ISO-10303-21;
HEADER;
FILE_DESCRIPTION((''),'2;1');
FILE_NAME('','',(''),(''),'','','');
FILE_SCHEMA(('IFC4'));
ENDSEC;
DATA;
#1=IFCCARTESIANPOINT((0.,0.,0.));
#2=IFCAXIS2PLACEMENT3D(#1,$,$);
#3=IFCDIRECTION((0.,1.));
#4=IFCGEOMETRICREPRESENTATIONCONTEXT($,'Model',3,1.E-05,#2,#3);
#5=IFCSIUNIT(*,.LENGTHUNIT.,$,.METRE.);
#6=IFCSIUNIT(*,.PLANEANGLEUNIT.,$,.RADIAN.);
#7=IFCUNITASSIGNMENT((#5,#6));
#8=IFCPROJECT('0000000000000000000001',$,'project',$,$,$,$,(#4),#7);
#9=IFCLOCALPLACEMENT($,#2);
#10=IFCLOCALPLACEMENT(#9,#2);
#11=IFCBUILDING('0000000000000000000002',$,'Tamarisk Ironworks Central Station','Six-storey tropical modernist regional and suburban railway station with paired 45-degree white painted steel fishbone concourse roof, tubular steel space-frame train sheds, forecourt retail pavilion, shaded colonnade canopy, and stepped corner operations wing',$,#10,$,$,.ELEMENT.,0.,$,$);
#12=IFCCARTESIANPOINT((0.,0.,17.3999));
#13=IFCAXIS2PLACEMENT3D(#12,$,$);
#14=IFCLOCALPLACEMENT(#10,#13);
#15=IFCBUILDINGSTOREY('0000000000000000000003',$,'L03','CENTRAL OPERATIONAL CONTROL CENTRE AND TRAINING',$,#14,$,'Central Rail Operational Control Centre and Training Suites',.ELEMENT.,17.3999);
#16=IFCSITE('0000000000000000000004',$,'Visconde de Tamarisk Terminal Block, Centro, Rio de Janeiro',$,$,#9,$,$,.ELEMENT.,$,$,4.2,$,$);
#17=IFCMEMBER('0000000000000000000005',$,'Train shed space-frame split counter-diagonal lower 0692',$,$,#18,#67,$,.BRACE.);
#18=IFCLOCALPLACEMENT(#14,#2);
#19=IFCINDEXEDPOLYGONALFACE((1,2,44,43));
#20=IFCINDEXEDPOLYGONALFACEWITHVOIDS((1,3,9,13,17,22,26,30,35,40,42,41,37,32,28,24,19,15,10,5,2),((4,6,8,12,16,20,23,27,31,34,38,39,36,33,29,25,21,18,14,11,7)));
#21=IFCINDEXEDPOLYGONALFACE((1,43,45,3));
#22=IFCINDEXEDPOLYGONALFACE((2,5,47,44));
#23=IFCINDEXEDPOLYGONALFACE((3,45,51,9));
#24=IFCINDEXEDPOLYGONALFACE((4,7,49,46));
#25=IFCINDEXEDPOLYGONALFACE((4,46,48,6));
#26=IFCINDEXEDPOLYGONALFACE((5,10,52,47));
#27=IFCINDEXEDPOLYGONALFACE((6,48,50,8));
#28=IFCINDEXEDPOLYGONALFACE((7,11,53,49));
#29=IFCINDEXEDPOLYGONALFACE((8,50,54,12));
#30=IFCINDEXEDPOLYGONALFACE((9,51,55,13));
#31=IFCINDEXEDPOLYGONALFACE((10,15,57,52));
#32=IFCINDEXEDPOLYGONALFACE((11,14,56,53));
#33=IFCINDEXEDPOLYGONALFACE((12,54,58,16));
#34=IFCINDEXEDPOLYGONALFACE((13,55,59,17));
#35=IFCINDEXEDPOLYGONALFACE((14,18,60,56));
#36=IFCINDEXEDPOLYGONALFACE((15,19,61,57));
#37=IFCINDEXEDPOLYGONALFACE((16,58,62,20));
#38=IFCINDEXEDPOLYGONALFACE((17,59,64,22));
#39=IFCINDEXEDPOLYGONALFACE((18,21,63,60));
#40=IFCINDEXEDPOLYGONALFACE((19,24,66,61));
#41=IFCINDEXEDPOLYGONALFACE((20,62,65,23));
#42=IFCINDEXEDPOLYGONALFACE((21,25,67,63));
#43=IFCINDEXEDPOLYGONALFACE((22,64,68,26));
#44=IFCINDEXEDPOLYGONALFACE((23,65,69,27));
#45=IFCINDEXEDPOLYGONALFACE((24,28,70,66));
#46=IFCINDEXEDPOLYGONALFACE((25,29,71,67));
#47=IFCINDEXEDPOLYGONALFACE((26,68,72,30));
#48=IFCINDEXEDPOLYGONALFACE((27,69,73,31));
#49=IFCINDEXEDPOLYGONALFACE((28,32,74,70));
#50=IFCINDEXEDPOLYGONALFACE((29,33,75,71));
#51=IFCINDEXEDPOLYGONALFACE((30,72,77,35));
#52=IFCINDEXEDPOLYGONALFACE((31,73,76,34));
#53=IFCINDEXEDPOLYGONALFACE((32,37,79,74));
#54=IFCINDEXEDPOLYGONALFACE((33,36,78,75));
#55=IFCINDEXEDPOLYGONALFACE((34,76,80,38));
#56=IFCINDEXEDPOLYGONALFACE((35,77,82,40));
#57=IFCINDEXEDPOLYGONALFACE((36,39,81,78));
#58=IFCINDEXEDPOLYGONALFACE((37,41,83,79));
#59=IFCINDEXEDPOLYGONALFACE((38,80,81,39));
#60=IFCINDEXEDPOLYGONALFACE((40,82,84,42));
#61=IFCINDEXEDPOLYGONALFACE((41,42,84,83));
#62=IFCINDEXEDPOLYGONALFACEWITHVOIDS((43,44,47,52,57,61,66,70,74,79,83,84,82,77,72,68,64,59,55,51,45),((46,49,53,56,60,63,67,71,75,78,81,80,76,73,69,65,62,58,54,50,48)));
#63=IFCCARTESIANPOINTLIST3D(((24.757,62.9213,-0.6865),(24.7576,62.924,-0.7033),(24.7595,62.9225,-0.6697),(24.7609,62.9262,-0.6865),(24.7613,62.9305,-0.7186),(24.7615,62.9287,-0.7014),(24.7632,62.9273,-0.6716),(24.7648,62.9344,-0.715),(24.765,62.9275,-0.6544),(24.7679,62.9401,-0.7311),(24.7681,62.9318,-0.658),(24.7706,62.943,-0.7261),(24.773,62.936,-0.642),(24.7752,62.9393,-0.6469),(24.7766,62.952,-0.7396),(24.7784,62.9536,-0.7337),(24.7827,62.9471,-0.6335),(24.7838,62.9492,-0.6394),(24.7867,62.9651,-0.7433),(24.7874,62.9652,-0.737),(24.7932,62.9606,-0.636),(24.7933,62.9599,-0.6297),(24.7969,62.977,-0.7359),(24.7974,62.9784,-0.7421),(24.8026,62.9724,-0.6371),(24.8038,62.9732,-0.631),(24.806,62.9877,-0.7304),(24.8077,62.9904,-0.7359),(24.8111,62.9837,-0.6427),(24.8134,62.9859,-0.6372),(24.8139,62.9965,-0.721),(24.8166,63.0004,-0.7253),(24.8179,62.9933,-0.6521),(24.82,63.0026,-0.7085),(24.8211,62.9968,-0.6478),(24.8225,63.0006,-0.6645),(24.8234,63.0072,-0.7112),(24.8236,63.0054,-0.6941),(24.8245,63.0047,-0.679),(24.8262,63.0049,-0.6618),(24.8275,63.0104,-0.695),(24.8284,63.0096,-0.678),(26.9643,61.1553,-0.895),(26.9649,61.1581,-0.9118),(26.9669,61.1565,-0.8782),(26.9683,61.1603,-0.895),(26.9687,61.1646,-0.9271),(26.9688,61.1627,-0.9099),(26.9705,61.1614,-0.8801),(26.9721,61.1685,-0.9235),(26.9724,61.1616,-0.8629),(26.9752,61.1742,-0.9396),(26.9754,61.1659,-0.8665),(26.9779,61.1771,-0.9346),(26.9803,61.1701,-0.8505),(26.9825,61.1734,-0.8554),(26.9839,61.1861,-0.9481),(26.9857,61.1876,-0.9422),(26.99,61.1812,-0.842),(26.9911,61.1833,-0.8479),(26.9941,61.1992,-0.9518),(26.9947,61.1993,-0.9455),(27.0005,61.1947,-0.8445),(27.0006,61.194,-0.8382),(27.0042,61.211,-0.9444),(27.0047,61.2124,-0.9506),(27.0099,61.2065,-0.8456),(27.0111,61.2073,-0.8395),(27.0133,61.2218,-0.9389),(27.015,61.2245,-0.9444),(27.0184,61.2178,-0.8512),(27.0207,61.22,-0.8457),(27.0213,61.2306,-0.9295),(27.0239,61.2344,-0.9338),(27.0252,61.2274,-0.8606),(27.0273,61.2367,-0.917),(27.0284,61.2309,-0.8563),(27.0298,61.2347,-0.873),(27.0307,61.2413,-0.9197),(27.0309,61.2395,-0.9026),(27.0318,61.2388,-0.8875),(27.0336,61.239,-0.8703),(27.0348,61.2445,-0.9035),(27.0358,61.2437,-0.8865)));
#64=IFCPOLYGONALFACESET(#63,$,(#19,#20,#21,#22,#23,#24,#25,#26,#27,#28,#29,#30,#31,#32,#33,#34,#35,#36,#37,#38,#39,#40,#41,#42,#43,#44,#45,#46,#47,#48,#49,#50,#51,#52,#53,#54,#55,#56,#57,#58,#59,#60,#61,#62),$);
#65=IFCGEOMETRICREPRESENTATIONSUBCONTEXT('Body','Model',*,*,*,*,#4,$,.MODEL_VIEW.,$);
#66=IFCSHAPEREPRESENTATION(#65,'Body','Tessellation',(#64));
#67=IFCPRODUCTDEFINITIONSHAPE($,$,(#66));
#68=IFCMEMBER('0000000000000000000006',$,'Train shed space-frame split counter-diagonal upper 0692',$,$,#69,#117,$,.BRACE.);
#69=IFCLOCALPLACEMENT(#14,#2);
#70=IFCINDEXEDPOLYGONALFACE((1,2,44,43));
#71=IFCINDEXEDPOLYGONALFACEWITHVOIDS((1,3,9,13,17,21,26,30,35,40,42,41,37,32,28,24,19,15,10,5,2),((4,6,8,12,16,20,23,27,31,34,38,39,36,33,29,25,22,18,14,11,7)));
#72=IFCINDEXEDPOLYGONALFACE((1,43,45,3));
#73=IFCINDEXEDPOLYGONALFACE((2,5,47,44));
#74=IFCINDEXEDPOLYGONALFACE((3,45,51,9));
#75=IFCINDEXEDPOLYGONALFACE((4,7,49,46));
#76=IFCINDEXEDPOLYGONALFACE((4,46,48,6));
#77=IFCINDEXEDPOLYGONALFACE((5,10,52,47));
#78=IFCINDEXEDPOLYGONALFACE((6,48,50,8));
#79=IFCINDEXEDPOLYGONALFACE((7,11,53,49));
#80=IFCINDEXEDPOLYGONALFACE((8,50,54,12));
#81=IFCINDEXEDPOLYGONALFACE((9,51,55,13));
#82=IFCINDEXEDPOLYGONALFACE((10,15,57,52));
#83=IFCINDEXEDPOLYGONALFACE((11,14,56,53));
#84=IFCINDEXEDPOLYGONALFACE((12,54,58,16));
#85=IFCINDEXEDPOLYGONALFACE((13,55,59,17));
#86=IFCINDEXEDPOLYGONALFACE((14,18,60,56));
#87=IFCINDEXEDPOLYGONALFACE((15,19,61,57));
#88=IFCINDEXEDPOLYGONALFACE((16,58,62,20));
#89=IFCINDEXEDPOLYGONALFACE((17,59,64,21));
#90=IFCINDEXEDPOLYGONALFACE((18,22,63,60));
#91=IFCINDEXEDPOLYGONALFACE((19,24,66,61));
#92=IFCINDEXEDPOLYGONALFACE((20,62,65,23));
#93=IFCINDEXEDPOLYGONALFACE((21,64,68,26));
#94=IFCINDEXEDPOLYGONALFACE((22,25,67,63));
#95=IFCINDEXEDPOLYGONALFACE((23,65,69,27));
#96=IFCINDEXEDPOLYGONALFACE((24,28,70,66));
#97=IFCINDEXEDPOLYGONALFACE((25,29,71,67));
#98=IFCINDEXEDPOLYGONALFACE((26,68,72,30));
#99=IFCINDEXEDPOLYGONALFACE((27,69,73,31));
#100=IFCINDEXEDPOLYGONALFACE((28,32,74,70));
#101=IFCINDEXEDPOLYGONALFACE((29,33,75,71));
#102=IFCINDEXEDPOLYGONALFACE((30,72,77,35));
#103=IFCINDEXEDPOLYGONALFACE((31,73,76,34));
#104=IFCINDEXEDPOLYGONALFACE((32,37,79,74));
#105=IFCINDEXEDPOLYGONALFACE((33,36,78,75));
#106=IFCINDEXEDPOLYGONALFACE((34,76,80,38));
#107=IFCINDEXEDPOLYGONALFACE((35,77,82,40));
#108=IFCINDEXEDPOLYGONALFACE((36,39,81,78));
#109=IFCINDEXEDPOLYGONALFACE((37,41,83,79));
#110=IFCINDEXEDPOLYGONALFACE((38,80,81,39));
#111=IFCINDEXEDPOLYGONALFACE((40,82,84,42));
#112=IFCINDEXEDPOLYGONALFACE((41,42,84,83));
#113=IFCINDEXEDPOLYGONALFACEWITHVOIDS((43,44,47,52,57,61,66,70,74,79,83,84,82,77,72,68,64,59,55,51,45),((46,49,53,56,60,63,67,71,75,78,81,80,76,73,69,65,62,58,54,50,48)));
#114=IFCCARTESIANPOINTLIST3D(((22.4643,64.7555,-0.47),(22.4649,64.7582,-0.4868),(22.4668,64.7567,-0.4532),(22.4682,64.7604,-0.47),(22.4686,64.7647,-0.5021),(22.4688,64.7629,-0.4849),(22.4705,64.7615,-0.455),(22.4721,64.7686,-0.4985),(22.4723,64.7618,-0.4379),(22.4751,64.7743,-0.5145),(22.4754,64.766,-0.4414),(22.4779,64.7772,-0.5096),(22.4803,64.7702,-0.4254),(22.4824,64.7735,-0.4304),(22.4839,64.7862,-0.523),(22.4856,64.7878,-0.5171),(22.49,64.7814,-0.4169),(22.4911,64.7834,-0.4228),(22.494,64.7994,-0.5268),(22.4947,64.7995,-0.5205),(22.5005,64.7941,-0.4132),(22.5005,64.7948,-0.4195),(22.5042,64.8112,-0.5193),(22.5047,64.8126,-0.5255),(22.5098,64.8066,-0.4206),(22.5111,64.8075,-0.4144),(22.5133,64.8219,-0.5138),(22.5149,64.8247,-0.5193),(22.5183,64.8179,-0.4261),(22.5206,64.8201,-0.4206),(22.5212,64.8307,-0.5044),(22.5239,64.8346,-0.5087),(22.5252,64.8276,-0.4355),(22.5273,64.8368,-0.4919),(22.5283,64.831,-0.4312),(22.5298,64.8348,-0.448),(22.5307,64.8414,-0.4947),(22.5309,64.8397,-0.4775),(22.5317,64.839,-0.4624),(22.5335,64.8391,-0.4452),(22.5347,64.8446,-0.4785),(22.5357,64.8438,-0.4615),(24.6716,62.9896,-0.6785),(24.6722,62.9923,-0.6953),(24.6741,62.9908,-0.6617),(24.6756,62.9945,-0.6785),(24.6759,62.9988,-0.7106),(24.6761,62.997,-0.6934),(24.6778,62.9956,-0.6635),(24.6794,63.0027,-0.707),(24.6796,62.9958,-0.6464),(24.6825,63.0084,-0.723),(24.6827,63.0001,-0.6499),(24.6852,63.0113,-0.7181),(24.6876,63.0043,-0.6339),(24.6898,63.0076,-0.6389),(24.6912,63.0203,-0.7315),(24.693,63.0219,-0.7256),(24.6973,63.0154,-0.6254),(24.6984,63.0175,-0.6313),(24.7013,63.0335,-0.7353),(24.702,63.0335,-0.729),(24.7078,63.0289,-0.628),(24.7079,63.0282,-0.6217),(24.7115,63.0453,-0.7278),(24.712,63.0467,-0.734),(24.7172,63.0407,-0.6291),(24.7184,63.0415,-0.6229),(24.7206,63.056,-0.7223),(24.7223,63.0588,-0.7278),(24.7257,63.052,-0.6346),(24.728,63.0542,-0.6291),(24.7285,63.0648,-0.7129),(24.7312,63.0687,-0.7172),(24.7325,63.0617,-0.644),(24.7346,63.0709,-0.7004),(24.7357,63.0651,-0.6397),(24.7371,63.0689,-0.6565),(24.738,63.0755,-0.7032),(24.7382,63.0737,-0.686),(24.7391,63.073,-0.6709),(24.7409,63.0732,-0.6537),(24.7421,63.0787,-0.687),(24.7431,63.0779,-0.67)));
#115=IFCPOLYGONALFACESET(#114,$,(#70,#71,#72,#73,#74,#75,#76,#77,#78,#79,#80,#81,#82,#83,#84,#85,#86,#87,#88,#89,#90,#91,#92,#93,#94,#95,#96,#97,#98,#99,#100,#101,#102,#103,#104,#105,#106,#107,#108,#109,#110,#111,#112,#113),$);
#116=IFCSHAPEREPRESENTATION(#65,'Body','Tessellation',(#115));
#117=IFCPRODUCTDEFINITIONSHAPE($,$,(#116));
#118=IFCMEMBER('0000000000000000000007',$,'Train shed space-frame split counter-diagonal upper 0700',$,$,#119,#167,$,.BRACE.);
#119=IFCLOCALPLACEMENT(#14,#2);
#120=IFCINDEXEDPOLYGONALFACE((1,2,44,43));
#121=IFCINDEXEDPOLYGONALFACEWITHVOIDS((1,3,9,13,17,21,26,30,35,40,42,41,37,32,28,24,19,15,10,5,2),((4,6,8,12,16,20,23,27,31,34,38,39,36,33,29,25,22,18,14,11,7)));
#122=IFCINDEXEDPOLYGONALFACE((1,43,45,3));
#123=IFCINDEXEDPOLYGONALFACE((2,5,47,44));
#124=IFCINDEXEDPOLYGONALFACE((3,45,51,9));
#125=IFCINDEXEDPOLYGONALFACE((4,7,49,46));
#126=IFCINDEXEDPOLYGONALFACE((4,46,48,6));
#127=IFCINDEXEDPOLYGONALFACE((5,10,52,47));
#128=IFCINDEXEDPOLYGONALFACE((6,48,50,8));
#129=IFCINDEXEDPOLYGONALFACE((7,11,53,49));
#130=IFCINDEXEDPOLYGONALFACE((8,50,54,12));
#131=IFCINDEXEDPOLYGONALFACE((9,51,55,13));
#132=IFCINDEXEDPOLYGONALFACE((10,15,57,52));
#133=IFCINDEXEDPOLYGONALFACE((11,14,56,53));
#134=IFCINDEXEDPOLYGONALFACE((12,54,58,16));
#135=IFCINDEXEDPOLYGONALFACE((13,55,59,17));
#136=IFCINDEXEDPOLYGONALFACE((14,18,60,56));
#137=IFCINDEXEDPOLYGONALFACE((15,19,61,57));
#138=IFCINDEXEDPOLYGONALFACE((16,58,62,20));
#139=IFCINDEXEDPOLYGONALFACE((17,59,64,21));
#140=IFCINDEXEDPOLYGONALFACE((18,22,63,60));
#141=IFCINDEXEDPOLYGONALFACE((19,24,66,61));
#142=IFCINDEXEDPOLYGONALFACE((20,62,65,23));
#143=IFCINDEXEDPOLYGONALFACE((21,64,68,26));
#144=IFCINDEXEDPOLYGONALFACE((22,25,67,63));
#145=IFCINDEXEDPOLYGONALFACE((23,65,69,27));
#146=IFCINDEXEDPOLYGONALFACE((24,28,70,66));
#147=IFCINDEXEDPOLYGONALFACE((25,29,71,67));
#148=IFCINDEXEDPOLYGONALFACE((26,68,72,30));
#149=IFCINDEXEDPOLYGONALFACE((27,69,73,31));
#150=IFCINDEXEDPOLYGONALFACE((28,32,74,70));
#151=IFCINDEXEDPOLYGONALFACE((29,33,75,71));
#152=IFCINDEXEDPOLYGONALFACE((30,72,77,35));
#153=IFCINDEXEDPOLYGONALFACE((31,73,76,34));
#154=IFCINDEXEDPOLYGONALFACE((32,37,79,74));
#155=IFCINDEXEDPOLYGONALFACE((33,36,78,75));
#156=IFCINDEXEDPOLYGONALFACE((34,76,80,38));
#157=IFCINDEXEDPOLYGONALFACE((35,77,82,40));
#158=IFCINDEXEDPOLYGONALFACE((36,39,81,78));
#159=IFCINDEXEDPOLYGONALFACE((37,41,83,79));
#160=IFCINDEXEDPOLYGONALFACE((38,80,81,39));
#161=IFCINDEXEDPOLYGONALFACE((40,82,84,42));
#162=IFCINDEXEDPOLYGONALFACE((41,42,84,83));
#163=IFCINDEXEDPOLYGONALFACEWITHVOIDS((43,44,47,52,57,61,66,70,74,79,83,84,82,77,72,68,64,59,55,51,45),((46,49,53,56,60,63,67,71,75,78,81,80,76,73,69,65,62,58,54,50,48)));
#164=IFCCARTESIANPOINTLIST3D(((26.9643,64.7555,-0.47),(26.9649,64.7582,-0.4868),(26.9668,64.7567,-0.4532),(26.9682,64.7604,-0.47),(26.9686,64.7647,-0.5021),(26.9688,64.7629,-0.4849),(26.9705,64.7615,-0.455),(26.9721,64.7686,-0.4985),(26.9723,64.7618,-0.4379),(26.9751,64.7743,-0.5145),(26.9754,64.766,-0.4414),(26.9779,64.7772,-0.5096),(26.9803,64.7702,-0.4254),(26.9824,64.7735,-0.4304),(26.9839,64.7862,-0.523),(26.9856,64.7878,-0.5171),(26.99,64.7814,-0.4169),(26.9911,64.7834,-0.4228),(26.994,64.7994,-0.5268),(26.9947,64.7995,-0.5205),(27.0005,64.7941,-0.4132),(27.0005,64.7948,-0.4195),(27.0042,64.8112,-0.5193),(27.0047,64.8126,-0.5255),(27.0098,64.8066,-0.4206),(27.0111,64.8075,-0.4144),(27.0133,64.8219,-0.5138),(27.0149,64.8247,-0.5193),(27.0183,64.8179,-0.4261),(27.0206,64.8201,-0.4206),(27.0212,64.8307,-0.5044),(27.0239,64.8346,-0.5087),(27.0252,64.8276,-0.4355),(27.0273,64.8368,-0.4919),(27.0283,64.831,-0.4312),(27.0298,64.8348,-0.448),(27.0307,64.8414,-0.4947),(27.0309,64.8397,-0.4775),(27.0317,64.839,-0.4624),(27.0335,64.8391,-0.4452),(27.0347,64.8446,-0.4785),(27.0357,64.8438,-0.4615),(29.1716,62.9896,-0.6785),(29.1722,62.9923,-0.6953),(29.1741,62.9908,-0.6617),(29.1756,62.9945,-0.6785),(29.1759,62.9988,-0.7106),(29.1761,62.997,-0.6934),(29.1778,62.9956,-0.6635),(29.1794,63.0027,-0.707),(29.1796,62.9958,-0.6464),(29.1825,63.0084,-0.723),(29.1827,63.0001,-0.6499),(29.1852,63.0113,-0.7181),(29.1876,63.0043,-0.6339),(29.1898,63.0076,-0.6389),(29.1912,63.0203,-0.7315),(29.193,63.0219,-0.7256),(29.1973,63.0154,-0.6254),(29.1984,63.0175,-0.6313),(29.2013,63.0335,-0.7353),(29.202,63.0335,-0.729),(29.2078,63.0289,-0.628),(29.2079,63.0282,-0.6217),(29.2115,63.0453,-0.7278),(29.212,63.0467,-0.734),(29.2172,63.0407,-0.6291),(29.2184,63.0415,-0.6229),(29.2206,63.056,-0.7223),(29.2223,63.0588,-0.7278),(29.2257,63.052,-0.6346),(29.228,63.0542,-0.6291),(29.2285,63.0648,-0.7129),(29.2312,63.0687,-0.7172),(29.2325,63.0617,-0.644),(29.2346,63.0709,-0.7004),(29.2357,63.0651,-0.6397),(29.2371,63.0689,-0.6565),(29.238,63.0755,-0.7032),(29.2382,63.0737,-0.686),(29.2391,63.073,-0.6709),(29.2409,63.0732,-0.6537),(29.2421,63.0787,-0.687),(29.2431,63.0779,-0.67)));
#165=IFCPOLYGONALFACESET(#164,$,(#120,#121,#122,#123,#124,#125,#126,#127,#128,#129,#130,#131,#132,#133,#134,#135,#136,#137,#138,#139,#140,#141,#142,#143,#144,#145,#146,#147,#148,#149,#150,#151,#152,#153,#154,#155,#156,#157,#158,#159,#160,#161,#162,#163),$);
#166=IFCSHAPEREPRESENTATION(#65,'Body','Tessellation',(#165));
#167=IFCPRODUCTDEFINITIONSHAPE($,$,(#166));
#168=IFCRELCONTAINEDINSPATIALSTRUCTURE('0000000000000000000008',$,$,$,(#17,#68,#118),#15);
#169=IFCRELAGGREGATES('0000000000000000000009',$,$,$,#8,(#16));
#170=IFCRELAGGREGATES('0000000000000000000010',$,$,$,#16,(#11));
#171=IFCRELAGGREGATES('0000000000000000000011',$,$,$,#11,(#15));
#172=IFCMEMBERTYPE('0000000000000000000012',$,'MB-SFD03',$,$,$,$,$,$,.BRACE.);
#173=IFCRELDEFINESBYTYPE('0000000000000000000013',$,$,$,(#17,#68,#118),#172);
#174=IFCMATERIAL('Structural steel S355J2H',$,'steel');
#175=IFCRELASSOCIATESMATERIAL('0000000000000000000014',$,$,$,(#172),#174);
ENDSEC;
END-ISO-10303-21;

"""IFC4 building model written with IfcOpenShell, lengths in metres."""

from ifc_helpers import new_model, si_unit, direction, frame, origin, origin_2d, place, context, subcontext, project, spatial, hollow_circle, extrude, material, material_profile, profile_set, type_object, element, save


model = new_model("IFC4")

# Units and contexts
model_context = context("Model", 3, precision=1e-05, world=origin(), true_north=direction((0.0, 1.0)))
body_context = subcontext(model_context, "Body", "Model", "MODEL_VIEW")
ifc_project = project(units=[si_unit("LENGTHUNIT", "METRE"), si_unit("PLANEANGLEUNIT", "RADIAN")], contexts=[model_context])

# Site, building, storey
site_placement = place(None, origin())
site = spatial("IfcSite", under=ifc_project, at=site_placement, Name="Visconde de Tamarisk Terminal Block, Centro, Rio de Janeiro", CompositionType="ELEMENT", RefElevation=4.2)
building_placement = place(site_placement, origin())
building = spatial("IfcBuilding", under=site, at=building_placement, Name="Tamarisk Ironworks Central Station", Description="Six-storey tropical modernist regional and suburban railway station with paired 45-degree white painted steel fishbone concourse roof, tubular steel space-frame train sheds, forecourt retail pavilion, shaded colonnade canopy, and stepped corner operations wing", CompositionType="ELEMENT", ElevationOfRefHeight=0.0)
storey_placement = place(building_placement, frame((0.0, 0.0, 17.3999)))
storey = spatial("IfcBuildingStorey", under=building, at=storey_placement, Name="L03", Description="CENTRAL OPERATIONAL CONTROL CENTRE AND TRAINING", LongName="Central Rail Operational Control Centre and Training Suites", CompositionType="ELEMENT", Elevation=17.3999)

# Members
ifc_material_1 = material(Name="Structural steel S355J2H", Category="steel")
ifc_material_profile_1 = material_profile(ifc_material_1, hollow_circle(Radius=0.0571, WallThickness=0.0063, at=origin_2d()), Name="CHS 114.3x6.3")
ifc_profile_set_1 = profile_set([ifc_material_profile_1], Name="Structural steel S355J2H")
member_type_1 = type_object("IfcMemberType", Name="MB-SFD03", PredefinedType="BRACE", material=ifc_profile_set_1)
for number, where, z_axis, x_axis, name in (
    (1, (27.0, 61.2, -0.895), (-0.778745, 0.623013, 0.073559), (-0.624706, -0.78086, 0.0), "Train shed space-frame split counter-diagonal lower 0692"),
    (2, (24.7073, 63.0342, -0.6785), (-0.778745, 0.623013, 0.073559), (-0.624706, -0.78086, 0.0), "Train shed space-frame split counter-diagonal upper 0692"),
    (3, (29.2073, 63.0342, -0.6785), (-0.778745, 0.623013, 0.073559), (-0.624706, -0.78086, 0.0), "Train shed space-frame split counter-diagonal upper 0700"),
):
    element("IfcMember", number, at=place(storey_placement, frame(where, z_axis=z_axis, x_axis=x_axis)), inside=storey, type_object=member_type_1, Name=name, PredefinedType="BRACE", context=body_context, shape_type="SweptSolid", body=[
        extrude(hollow_circle(Radius=0.0571, WallThickness=0.0063, at=origin_2d()), origin(), (0.0, 0.0, 1.0), 2.8345),
    ])

save(model, "model.ifc")
